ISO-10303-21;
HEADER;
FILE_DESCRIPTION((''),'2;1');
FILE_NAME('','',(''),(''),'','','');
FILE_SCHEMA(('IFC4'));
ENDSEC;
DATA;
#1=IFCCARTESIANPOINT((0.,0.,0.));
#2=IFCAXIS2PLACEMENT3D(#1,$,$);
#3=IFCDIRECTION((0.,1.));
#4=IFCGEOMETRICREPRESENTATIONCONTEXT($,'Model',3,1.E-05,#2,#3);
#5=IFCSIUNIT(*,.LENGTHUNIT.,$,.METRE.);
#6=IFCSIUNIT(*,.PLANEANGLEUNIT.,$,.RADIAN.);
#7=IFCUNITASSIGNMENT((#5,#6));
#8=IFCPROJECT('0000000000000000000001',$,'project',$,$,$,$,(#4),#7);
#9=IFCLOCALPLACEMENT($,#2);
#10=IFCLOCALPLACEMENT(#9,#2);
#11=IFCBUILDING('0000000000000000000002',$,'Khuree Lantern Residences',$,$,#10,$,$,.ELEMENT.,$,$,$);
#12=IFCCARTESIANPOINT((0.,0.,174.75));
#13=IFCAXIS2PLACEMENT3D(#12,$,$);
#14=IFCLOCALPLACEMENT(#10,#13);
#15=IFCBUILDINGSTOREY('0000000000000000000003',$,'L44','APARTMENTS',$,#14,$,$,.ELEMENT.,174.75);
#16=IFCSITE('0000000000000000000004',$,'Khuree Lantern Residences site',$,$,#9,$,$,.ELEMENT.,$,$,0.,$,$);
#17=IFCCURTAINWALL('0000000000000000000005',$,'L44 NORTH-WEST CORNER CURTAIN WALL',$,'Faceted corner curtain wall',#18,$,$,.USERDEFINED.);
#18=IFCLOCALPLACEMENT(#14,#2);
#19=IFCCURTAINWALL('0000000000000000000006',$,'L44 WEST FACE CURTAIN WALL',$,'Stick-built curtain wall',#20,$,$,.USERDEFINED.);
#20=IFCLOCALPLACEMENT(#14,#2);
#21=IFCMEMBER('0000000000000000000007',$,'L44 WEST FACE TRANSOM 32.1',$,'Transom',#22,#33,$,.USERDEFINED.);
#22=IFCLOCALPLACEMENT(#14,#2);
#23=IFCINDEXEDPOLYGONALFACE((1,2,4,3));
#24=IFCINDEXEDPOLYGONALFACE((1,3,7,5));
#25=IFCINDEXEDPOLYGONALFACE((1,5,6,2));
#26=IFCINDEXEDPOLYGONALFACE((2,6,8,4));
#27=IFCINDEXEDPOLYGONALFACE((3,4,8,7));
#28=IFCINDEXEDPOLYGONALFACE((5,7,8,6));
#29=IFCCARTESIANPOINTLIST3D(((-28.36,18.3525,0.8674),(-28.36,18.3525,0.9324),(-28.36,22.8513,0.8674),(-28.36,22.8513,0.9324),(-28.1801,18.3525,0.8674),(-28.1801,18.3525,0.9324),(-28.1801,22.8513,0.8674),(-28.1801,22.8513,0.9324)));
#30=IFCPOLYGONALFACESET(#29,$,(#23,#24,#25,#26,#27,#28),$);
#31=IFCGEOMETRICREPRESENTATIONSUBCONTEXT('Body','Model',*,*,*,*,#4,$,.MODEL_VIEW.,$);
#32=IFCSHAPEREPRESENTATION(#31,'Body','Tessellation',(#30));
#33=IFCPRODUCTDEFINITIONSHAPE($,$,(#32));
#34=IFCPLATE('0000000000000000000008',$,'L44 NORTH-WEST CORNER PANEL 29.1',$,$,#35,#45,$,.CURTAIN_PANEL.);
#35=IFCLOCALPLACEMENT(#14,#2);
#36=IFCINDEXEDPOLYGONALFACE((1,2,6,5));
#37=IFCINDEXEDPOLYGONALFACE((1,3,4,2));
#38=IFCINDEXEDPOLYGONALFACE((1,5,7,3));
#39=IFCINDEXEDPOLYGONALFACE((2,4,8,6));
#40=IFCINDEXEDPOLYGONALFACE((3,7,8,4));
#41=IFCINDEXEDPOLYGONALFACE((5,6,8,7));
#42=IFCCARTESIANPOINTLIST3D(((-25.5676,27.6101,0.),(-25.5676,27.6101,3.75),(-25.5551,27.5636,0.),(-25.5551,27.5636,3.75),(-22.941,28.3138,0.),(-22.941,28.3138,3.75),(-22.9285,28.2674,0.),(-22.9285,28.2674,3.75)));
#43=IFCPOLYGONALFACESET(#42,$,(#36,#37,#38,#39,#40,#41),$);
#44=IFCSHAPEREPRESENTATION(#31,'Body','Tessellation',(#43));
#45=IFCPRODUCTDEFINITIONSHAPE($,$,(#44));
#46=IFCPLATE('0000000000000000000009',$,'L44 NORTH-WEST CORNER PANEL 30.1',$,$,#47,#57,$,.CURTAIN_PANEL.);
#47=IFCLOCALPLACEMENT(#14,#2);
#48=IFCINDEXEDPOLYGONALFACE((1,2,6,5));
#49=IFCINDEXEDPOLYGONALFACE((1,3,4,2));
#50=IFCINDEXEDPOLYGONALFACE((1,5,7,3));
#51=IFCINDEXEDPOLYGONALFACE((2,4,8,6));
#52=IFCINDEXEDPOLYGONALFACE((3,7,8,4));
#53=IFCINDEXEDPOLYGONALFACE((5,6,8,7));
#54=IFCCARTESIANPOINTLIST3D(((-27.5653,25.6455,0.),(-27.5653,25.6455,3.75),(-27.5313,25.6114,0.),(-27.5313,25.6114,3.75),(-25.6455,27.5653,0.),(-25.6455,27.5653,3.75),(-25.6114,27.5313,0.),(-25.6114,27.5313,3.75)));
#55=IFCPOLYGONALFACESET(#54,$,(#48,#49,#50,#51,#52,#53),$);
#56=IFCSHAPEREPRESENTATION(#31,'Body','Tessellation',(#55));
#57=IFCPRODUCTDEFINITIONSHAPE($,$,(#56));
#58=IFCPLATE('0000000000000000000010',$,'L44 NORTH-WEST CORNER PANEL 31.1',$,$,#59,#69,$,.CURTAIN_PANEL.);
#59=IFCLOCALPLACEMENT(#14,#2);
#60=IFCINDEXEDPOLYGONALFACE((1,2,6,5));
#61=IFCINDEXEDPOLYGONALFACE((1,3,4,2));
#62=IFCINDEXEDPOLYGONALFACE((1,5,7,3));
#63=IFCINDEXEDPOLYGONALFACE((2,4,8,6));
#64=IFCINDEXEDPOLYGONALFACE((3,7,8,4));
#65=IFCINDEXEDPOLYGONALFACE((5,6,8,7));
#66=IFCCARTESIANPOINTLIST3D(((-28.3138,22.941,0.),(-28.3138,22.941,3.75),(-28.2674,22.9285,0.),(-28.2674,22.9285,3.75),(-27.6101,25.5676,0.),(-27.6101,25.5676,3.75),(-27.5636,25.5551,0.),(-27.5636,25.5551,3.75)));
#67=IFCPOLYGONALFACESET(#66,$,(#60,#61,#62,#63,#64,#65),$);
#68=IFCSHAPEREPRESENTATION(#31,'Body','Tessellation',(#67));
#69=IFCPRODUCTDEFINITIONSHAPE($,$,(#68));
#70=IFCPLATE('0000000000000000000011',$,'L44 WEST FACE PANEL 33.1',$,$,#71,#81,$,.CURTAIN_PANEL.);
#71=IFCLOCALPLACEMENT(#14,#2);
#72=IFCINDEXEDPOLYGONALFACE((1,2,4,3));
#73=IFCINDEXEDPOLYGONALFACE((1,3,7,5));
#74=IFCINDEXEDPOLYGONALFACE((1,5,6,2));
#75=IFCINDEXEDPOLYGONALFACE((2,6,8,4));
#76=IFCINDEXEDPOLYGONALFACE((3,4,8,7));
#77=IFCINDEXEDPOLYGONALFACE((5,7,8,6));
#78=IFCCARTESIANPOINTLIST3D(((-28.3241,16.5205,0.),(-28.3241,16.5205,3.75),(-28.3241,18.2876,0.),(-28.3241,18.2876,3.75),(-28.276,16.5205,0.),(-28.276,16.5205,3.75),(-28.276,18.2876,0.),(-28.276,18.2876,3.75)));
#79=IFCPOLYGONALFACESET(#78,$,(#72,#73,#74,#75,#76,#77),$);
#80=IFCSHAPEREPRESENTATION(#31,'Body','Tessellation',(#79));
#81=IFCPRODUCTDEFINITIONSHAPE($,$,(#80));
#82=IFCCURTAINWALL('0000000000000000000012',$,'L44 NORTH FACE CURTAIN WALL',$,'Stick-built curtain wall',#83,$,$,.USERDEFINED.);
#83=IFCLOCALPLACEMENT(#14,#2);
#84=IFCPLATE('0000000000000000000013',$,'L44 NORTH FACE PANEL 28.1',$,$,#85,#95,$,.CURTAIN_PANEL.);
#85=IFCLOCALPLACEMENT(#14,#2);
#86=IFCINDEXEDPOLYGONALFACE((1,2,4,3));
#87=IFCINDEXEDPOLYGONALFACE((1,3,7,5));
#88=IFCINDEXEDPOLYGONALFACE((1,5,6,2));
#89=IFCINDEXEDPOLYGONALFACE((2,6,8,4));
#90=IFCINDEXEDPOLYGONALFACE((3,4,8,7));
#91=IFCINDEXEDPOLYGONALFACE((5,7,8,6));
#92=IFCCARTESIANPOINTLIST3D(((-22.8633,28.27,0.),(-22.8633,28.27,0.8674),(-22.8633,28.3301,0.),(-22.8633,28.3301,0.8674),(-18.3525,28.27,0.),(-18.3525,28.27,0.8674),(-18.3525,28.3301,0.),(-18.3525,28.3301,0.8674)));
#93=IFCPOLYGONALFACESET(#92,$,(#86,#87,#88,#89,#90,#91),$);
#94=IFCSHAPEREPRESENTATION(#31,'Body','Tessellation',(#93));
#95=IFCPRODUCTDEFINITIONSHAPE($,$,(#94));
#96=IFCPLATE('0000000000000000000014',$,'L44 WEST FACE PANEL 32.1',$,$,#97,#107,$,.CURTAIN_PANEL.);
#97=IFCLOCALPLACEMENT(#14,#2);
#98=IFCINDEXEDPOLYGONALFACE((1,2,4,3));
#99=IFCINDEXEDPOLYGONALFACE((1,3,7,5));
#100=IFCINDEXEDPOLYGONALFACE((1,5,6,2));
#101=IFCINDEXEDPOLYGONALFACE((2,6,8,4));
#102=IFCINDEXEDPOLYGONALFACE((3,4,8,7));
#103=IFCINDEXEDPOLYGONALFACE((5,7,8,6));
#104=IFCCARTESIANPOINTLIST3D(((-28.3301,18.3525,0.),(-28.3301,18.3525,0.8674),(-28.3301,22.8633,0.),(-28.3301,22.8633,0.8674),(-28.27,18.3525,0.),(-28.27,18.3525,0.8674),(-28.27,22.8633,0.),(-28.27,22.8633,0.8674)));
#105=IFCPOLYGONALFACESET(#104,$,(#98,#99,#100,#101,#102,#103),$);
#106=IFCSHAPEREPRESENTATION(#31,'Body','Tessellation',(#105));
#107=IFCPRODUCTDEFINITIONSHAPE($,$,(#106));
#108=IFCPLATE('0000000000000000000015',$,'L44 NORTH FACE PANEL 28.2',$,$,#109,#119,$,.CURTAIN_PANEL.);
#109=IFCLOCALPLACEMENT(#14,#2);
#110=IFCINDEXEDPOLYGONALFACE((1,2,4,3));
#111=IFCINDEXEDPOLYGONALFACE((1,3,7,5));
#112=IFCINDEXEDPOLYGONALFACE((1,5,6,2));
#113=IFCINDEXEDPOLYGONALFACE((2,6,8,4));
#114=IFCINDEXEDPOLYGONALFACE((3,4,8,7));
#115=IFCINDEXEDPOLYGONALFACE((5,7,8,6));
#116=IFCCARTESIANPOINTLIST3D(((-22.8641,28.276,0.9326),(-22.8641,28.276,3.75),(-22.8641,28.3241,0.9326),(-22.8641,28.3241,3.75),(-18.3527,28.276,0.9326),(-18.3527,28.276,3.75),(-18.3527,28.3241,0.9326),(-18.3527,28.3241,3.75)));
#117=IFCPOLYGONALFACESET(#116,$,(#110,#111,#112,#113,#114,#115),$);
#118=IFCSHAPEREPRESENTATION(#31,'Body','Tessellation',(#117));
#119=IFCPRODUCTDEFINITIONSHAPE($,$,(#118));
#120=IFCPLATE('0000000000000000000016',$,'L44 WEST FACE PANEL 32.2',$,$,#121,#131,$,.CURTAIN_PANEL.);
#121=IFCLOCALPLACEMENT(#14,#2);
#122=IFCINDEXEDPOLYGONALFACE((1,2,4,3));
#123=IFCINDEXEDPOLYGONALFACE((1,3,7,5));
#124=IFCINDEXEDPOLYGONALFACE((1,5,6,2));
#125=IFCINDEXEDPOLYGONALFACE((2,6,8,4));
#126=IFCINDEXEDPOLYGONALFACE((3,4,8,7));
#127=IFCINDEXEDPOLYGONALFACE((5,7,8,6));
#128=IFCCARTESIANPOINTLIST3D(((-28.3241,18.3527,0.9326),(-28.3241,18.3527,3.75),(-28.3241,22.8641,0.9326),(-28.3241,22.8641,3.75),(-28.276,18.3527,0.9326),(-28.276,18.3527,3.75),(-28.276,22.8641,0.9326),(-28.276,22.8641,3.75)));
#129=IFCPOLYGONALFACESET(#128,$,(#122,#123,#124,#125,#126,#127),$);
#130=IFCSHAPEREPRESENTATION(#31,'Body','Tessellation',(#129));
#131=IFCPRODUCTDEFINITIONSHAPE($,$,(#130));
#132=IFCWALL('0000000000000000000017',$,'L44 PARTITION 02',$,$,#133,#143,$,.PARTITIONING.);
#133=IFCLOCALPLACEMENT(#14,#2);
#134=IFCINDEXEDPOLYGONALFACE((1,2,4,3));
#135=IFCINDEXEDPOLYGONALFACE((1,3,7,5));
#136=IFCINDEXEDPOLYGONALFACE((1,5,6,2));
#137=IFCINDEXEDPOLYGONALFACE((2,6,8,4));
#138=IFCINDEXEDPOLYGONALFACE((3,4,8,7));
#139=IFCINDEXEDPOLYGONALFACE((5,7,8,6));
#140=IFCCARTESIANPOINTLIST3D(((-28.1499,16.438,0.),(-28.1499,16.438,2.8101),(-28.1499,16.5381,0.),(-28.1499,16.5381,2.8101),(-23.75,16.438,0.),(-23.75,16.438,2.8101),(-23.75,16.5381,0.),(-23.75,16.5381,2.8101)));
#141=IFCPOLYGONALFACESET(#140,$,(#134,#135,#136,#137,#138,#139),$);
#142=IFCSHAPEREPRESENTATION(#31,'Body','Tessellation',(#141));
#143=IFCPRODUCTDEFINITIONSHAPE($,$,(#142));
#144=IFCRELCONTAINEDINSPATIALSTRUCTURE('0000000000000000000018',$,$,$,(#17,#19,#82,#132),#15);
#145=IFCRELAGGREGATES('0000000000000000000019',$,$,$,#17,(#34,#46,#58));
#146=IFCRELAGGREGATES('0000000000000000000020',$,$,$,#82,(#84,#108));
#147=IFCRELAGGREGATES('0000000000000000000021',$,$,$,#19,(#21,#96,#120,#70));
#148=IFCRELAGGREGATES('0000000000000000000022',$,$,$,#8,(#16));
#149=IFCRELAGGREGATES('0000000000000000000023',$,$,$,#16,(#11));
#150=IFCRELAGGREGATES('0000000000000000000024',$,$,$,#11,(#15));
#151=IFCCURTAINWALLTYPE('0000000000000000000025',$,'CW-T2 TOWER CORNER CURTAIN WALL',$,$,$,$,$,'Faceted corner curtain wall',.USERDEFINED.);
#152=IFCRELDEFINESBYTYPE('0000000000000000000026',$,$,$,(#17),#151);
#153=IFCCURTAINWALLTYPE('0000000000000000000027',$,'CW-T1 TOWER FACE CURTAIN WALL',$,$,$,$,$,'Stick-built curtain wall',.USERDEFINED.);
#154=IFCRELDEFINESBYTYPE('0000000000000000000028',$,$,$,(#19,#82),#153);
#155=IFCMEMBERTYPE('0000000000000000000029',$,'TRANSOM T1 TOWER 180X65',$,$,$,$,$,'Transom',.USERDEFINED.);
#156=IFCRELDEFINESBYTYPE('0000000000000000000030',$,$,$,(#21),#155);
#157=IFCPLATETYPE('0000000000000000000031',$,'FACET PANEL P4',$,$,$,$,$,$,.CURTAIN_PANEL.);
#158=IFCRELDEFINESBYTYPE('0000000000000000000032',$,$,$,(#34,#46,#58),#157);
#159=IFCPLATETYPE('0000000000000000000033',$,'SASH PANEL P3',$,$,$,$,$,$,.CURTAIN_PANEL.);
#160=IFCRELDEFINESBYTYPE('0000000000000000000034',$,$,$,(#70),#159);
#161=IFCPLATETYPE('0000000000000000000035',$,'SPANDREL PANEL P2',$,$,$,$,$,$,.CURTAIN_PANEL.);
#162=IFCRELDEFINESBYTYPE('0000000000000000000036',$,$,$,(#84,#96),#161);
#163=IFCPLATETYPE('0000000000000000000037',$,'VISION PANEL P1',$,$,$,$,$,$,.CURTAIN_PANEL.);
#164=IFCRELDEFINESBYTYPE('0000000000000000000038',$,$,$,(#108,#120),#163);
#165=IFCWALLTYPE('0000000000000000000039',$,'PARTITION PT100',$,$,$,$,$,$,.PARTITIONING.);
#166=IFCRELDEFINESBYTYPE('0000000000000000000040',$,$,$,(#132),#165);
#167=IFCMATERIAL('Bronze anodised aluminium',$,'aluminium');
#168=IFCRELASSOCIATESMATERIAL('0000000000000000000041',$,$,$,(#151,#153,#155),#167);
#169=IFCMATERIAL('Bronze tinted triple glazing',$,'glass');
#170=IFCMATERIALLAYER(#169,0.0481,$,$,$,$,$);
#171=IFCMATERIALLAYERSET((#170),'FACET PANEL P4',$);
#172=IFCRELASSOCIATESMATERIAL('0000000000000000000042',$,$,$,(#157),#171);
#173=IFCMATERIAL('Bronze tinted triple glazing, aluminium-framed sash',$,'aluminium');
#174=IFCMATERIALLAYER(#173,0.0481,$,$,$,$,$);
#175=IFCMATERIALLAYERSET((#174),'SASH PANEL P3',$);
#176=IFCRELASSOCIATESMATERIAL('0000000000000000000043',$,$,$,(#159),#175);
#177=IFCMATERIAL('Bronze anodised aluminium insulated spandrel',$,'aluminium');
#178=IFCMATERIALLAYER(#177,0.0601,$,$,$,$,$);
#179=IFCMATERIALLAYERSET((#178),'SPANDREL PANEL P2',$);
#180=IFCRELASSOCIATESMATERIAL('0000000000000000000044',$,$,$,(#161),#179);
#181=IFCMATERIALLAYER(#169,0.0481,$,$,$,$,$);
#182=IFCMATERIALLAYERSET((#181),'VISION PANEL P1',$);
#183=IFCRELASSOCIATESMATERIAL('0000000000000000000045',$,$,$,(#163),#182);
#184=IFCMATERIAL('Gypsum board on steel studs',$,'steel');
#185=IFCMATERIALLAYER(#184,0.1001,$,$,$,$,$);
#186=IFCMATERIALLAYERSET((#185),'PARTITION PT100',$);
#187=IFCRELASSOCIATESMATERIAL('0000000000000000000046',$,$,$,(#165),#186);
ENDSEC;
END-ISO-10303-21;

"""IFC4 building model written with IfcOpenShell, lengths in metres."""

from ifc_helpers import new_model, si_unit, direction, frame, frame_2d, origin, origin_2d, place, context, subcontext, project, spatial, rectangle, extrude, material, layer, layer_set, material_profile, profile_set, type_object, element, aggregate, save


model = new_model("IFC4")

# Units and contexts
model_context = context("Model", 3, precision=1e-05, world=origin(), true_north=direction((0.0, 1.0)))
body_context = subcontext(model_context, "Body", "Model", "MODEL_VIEW")
ifc_project = project(units=[si_unit("LENGTHUNIT", "METRE"), si_unit("PLANEANGLEUNIT", "RADIAN")], contexts=[model_context])

# Site, building, storey
site_placement = place(None, origin())
site = spatial("IfcSite", under=ifc_project, at=site_placement, Name="Khuree Lantern Residences site", CompositionType="ELEMENT", RefElevation=0.0)
building_placement = place(site_placement, origin())
building = spatial("IfcBuilding", under=site, at=building_placement, Name="Khuree Lantern Residences", CompositionType="ELEMENT")
storey_placement = place(building_placement, frame((0.0, 0.0, 174.75)))
storey = spatial("IfcBuildingStorey", under=building, at=storey_placement, Name="L44", Description="APARTMENTS", CompositionType="ELEMENT", Elevation=174.75)

# Curtain walls
ifc_material_1 = material(Name="Bronze anodised aluminium", Category="aluminium")
curtain_wall_type_1 = type_object("IfcCurtainWallType", Name="CW-T2 TOWER CORNER CURTAIN WALL", ElementType="Faceted corner curtain wall", PredefinedType="USERDEFINED", material=ifc_material_1)
curtain_wall_1_placement = place(storey_placement, origin())
curtain_wall_1 = element("IfcCurtainWall", 1, at=curtain_wall_1_placement, inside=storey, type_object=curtain_wall_type_1, Name="L44 NORTH-WEST CORNER CURTAIN WALL", ObjectType="Faceted corner curtain wall", PredefinedType="USERDEFINED")
curtain_wall_type_2 = type_object("IfcCurtainWallType", Name="CW-T1 TOWER FACE CURTAIN WALL", ElementType="Stick-built curtain wall", PredefinedType="USERDEFINED", material=ifc_material_1)
curtain_wall_2_placement = place(storey_placement, origin())
curtain_wall_2 = element("IfcCurtainWall", 2, at=curtain_wall_2_placement, inside=storey, type_object=curtain_wall_type_2, Name="L44 WEST FACE CURTAIN WALL", ObjectType="Stick-built curtain wall", PredefinedType="USERDEFINED")

# Member
ifc_material_profile_1 = material_profile(ifc_material_1, rectangle(XDim=0.1799, YDim=0.0649, at=origin_2d()), Name="T1 180X65")
ifc_profile_set_1 = profile_set([ifc_material_profile_1], Name="Bronze anodised aluminium")
member_type_1 = type_object("IfcMemberType", Name="TRANSOM T1 TOWER 180X65", ElementType="Transom", PredefinedType="USERDEFINED", material=ifc_profile_set_1)
member_1_placement = place(storey_placement, frame((-28.27, 22.8513, 0.8999), z_axis=(0.0, -1.0, 0.0), x_axis=(1.0, 0.0, 0.0)))
member_1 = element("IfcMember", 3, at=member_1_placement, type_object=member_type_1, Name="L44 WEST FACE TRANSOM 32.1", ObjectType="Transom", PredefinedType="USERDEFINED", context=body_context, shape_type="SweptSolid", body=[
    extrude(rectangle(XDim=0.1799, YDim=0.0649, at=origin_2d()), origin(), (0.0, 0.0, 1.0), 4.4988),
])

# Plates
ifc_material_2 = material(Name="Bronze tinted triple glazing", Category="glass")
ifc_layer_1 = layer(ifc_material_2, 0.0481)
ifc_layer_set_1 = layer_set([ifc_layer_1], Name="FACET PANEL P4")
plate_type_1 = type_object("IfcPlateType", Name="FACET PANEL P4", PredefinedType="CURTAIN_PANEL", material=ifc_layer_set_1)
plate_1_placement = place(storey_placement, frame((-24.248, 27.9387, 0.0), z_axis=(0.0, 0.0, 1.0), x_axis=(-0.965926, -0.258819, 0.0)))
plate_1 = element("IfcPlate", 4, at=plate_1_placement, type_object=plate_type_1, Name="L44 NORTH-WEST CORNER PANEL 29.1", PredefinedType="CURTAIN_PANEL", context=body_context, shape_type="SweptSolid", body=[
    extrude(rectangle(XDim=2.7192, YDim=0.0481, at=origin_2d()), origin(), (0.0, 0.0, 1.0), 3.75),
])
plate_2_placement = place(storey_placement, frame((-26.5884, 26.5884, 0.0), z_axis=(0.0, 0.0, 1.0), x_axis=(-0.707107, -0.707107, 0.0)))
plate_2 = element("IfcPlate", 5, at=plate_2_placement, type_object=plate_type_1, Name="L44 NORTH-WEST CORNER PANEL 30.1", PredefinedType="CURTAIN_PANEL", context=body_context, shape_type="SweptSolid", body=[
    extrude(rectangle(XDim=2.7151, YDim=0.0481, at=origin_2d()), origin(), (0.0, 0.0, 1.0), 3.75),
])
plate_3_placement = place(storey_placement, frame((-27.9387, 24.248, 0.0), z_axis=(0.0, 0.0, 1.0), x_axis=(-0.258819, -0.965926, 0.0)))
plate_3 = element("IfcPlate", 6, at=plate_3_placement, type_object=plate_type_1, Name="L44 NORTH-WEST CORNER PANEL 31.1", PredefinedType="CURTAIN_PANEL", context=body_context, shape_type="SweptSolid", body=[
    extrude(rectangle(XDim=2.7192, YDim=0.0481, at=origin_2d()), origin(), (0.0, 0.0, 1.0), 3.75),
])
aggregate(curtain_wall_1, [plate_1, plate_2, plate_3])
ifc_material_3 = material(Name="Bronze tinted triple glazing, aluminium-framed sash", Category="aluminium")
ifc_layer_2 = layer(ifc_material_3, 0.0481)
ifc_layer_set_2 = layer_set([ifc_layer_2], Name="SASH PANEL P3")
plate_type_2 = type_object("IfcPlateType", Name="SASH PANEL P3", PredefinedType="CURTAIN_PANEL", material=ifc_layer_set_2)
plate_4_placement = place(storey_placement, frame((-28.3, 17.4041, 0.0), z_axis=(0.0, 0.0, 1.0), x_axis=(0.0, -1.0, 0.0)))
plate_4 = element("IfcPlate", 7, at=plate_4_placement, type_object=plate_type_2, Name="L44 WEST FACE PANEL 33.1", PredefinedType="CURTAIN_PANEL", context=body_context, shape_type="SweptSolid", body=[
    extrude(rectangle(XDim=1.7671, YDim=0.0481, at=origin_2d()), origin(), (0.0, 0.0, 1.0), 3.75),
])

# Curtain wall, plate
curtain_wall_3_placement = place(storey_placement, origin())
curtain_wall_3 = element("IfcCurtainWall", 8, at=curtain_wall_3_placement, inside=storey, type_object=curtain_wall_type_2, Name="L44 NORTH FACE CURTAIN WALL", ObjectType="Stick-built curtain wall", PredefinedType="USERDEFINED")
ifc_material_4 = material(Name="Bronze anodised aluminium insulated spandrel", Category="aluminium")
ifc_layer_3 = layer(ifc_material_4, 0.0601)
ifc_layer_set_3 = layer_set([ifc_layer_3], Name="SPANDREL PANEL P2")
plate_type_3 = type_object("IfcPlateType", Name="SPANDREL PANEL P2", PredefinedType="CURTAIN_PANEL", material=ifc_layer_set_3)
plate_5_placement = place(storey_placement, frame((-20.6079, 28.3, 0.0), z_axis=(0.0, 0.0, 1.0), x_axis=(-1.0, 0.0, 0.0)))
plate_5 = element("IfcPlate", 9, at=plate_5_placement, type_object=plate_type_3, Name="L44 NORTH FACE PANEL 28.1", PredefinedType="CURTAIN_PANEL", context=body_context, shape_type="SweptSolid", body=[
    extrude(rectangle(XDim=4.5107, YDim=0.0601, at=origin_2d()), origin(), (0.0, 0.0, 1.0), 0.8674),
])

# Plates
plate_6_placement = place(storey_placement, frame((-28.3, 20.6079, 0.0), z_axis=(0.0, 0.0, 1.0), x_axis=(0.0, -1.0, 0.0)))
plate_6 = element("IfcPlate", 10, at=plate_6_placement, type_object=plate_type_3, Name="L44 WEST FACE PANEL 32.1", PredefinedType="CURTAIN_PANEL", context=body_context, shape_type="SweptSolid", body=[
    extrude(rectangle(XDim=4.5107, YDim=0.0601, at=origin_2d()), origin(), (0.0, 0.0, 1.0), 0.8674),
])
ifc_layer_4 = layer(ifc_material_2, 0.0481)
ifc_layer_set_4 = layer_set([ifc_layer_4], Name="VISION PANEL P1")
plate_type_4 = type_object("IfcPlateType", Name="VISION PANEL P1", PredefinedType="CURTAIN_PANEL", material=ifc_layer_set_4)
plate_7_placement = place(storey_placement, frame((-20.6084, 28.3, 0.9326), z_axis=(0.0, 0.0, 1.0), x_axis=(-1.0, 0.0, 0.0)))
plate_7 = element("IfcPlate", 11, at=plate_7_placement, type_object=plate_type_4, Name="L44 NORTH FACE PANEL 28.2", PredefinedType="CURTAIN_PANEL", context=body_context, shape_type="SweptSolid", body=[
    extrude(rectangle(XDim=4.5115, YDim=0.0481, at=origin_2d()), origin(), (0.0, 0.0, 1.0), 2.8174),
])
aggregate(curtain_wall_3, [plate_5, plate_7])
plate_8_placement = place(storey_placement, frame((-28.3, 20.6084, 0.9326), z_axis=(0.0, 0.0, 1.0), x_axis=(0.0, -1.0, 0.0)))
plate_8 = element("IfcPlate", 12, at=plate_8_placement, type_object=plate_type_4, Name="L44 WEST FACE PANEL 32.2", PredefinedType="CURTAIN_PANEL", context=body_context, shape_type="SweptSolid", body=[
    extrude(rectangle(XDim=4.5115, YDim=0.0481, at=origin_2d()), origin(), (0.0, 0.0, 1.0), 2.8174),
])
aggregate(curtain_wall_2, [member_1, plate_6, plate_8, plate_4])

# Wall
ifc_material_5 = material(Name="Gypsum board on steel studs", Category="steel")
ifc_layer_5 = layer(ifc_material_5, 0.1001)
ifc_layer_set_5 = layer_set([ifc_layer_5], Name="PARTITION PT100")
wall_type = type_object("IfcWallType", Name="PARTITION PT100", PredefinedType="PARTITIONING", material=ifc_layer_set_5)
wall_placement = place(storey_placement, frame((-23.75, 16.488, 0.0), z_axis=(0.0, 0.0, 1.0), x_axis=(-1.0, 0.0, 0.0)))
element("IfcWall", 13, at=wall_placement, inside=storey, type_object=wall_type, Name="L44 PARTITION 02", PredefinedType="PARTITIONING", context=body_context, shape_type="SweptSolid", body=[
    extrude(rectangle(XDim=4.3999, YDim=0.1001, at=frame_2d((2.2, 0.0))), origin(), (0.0, 0.0, 1.0), 2.8101),
])

save(model, "model.ifc")
